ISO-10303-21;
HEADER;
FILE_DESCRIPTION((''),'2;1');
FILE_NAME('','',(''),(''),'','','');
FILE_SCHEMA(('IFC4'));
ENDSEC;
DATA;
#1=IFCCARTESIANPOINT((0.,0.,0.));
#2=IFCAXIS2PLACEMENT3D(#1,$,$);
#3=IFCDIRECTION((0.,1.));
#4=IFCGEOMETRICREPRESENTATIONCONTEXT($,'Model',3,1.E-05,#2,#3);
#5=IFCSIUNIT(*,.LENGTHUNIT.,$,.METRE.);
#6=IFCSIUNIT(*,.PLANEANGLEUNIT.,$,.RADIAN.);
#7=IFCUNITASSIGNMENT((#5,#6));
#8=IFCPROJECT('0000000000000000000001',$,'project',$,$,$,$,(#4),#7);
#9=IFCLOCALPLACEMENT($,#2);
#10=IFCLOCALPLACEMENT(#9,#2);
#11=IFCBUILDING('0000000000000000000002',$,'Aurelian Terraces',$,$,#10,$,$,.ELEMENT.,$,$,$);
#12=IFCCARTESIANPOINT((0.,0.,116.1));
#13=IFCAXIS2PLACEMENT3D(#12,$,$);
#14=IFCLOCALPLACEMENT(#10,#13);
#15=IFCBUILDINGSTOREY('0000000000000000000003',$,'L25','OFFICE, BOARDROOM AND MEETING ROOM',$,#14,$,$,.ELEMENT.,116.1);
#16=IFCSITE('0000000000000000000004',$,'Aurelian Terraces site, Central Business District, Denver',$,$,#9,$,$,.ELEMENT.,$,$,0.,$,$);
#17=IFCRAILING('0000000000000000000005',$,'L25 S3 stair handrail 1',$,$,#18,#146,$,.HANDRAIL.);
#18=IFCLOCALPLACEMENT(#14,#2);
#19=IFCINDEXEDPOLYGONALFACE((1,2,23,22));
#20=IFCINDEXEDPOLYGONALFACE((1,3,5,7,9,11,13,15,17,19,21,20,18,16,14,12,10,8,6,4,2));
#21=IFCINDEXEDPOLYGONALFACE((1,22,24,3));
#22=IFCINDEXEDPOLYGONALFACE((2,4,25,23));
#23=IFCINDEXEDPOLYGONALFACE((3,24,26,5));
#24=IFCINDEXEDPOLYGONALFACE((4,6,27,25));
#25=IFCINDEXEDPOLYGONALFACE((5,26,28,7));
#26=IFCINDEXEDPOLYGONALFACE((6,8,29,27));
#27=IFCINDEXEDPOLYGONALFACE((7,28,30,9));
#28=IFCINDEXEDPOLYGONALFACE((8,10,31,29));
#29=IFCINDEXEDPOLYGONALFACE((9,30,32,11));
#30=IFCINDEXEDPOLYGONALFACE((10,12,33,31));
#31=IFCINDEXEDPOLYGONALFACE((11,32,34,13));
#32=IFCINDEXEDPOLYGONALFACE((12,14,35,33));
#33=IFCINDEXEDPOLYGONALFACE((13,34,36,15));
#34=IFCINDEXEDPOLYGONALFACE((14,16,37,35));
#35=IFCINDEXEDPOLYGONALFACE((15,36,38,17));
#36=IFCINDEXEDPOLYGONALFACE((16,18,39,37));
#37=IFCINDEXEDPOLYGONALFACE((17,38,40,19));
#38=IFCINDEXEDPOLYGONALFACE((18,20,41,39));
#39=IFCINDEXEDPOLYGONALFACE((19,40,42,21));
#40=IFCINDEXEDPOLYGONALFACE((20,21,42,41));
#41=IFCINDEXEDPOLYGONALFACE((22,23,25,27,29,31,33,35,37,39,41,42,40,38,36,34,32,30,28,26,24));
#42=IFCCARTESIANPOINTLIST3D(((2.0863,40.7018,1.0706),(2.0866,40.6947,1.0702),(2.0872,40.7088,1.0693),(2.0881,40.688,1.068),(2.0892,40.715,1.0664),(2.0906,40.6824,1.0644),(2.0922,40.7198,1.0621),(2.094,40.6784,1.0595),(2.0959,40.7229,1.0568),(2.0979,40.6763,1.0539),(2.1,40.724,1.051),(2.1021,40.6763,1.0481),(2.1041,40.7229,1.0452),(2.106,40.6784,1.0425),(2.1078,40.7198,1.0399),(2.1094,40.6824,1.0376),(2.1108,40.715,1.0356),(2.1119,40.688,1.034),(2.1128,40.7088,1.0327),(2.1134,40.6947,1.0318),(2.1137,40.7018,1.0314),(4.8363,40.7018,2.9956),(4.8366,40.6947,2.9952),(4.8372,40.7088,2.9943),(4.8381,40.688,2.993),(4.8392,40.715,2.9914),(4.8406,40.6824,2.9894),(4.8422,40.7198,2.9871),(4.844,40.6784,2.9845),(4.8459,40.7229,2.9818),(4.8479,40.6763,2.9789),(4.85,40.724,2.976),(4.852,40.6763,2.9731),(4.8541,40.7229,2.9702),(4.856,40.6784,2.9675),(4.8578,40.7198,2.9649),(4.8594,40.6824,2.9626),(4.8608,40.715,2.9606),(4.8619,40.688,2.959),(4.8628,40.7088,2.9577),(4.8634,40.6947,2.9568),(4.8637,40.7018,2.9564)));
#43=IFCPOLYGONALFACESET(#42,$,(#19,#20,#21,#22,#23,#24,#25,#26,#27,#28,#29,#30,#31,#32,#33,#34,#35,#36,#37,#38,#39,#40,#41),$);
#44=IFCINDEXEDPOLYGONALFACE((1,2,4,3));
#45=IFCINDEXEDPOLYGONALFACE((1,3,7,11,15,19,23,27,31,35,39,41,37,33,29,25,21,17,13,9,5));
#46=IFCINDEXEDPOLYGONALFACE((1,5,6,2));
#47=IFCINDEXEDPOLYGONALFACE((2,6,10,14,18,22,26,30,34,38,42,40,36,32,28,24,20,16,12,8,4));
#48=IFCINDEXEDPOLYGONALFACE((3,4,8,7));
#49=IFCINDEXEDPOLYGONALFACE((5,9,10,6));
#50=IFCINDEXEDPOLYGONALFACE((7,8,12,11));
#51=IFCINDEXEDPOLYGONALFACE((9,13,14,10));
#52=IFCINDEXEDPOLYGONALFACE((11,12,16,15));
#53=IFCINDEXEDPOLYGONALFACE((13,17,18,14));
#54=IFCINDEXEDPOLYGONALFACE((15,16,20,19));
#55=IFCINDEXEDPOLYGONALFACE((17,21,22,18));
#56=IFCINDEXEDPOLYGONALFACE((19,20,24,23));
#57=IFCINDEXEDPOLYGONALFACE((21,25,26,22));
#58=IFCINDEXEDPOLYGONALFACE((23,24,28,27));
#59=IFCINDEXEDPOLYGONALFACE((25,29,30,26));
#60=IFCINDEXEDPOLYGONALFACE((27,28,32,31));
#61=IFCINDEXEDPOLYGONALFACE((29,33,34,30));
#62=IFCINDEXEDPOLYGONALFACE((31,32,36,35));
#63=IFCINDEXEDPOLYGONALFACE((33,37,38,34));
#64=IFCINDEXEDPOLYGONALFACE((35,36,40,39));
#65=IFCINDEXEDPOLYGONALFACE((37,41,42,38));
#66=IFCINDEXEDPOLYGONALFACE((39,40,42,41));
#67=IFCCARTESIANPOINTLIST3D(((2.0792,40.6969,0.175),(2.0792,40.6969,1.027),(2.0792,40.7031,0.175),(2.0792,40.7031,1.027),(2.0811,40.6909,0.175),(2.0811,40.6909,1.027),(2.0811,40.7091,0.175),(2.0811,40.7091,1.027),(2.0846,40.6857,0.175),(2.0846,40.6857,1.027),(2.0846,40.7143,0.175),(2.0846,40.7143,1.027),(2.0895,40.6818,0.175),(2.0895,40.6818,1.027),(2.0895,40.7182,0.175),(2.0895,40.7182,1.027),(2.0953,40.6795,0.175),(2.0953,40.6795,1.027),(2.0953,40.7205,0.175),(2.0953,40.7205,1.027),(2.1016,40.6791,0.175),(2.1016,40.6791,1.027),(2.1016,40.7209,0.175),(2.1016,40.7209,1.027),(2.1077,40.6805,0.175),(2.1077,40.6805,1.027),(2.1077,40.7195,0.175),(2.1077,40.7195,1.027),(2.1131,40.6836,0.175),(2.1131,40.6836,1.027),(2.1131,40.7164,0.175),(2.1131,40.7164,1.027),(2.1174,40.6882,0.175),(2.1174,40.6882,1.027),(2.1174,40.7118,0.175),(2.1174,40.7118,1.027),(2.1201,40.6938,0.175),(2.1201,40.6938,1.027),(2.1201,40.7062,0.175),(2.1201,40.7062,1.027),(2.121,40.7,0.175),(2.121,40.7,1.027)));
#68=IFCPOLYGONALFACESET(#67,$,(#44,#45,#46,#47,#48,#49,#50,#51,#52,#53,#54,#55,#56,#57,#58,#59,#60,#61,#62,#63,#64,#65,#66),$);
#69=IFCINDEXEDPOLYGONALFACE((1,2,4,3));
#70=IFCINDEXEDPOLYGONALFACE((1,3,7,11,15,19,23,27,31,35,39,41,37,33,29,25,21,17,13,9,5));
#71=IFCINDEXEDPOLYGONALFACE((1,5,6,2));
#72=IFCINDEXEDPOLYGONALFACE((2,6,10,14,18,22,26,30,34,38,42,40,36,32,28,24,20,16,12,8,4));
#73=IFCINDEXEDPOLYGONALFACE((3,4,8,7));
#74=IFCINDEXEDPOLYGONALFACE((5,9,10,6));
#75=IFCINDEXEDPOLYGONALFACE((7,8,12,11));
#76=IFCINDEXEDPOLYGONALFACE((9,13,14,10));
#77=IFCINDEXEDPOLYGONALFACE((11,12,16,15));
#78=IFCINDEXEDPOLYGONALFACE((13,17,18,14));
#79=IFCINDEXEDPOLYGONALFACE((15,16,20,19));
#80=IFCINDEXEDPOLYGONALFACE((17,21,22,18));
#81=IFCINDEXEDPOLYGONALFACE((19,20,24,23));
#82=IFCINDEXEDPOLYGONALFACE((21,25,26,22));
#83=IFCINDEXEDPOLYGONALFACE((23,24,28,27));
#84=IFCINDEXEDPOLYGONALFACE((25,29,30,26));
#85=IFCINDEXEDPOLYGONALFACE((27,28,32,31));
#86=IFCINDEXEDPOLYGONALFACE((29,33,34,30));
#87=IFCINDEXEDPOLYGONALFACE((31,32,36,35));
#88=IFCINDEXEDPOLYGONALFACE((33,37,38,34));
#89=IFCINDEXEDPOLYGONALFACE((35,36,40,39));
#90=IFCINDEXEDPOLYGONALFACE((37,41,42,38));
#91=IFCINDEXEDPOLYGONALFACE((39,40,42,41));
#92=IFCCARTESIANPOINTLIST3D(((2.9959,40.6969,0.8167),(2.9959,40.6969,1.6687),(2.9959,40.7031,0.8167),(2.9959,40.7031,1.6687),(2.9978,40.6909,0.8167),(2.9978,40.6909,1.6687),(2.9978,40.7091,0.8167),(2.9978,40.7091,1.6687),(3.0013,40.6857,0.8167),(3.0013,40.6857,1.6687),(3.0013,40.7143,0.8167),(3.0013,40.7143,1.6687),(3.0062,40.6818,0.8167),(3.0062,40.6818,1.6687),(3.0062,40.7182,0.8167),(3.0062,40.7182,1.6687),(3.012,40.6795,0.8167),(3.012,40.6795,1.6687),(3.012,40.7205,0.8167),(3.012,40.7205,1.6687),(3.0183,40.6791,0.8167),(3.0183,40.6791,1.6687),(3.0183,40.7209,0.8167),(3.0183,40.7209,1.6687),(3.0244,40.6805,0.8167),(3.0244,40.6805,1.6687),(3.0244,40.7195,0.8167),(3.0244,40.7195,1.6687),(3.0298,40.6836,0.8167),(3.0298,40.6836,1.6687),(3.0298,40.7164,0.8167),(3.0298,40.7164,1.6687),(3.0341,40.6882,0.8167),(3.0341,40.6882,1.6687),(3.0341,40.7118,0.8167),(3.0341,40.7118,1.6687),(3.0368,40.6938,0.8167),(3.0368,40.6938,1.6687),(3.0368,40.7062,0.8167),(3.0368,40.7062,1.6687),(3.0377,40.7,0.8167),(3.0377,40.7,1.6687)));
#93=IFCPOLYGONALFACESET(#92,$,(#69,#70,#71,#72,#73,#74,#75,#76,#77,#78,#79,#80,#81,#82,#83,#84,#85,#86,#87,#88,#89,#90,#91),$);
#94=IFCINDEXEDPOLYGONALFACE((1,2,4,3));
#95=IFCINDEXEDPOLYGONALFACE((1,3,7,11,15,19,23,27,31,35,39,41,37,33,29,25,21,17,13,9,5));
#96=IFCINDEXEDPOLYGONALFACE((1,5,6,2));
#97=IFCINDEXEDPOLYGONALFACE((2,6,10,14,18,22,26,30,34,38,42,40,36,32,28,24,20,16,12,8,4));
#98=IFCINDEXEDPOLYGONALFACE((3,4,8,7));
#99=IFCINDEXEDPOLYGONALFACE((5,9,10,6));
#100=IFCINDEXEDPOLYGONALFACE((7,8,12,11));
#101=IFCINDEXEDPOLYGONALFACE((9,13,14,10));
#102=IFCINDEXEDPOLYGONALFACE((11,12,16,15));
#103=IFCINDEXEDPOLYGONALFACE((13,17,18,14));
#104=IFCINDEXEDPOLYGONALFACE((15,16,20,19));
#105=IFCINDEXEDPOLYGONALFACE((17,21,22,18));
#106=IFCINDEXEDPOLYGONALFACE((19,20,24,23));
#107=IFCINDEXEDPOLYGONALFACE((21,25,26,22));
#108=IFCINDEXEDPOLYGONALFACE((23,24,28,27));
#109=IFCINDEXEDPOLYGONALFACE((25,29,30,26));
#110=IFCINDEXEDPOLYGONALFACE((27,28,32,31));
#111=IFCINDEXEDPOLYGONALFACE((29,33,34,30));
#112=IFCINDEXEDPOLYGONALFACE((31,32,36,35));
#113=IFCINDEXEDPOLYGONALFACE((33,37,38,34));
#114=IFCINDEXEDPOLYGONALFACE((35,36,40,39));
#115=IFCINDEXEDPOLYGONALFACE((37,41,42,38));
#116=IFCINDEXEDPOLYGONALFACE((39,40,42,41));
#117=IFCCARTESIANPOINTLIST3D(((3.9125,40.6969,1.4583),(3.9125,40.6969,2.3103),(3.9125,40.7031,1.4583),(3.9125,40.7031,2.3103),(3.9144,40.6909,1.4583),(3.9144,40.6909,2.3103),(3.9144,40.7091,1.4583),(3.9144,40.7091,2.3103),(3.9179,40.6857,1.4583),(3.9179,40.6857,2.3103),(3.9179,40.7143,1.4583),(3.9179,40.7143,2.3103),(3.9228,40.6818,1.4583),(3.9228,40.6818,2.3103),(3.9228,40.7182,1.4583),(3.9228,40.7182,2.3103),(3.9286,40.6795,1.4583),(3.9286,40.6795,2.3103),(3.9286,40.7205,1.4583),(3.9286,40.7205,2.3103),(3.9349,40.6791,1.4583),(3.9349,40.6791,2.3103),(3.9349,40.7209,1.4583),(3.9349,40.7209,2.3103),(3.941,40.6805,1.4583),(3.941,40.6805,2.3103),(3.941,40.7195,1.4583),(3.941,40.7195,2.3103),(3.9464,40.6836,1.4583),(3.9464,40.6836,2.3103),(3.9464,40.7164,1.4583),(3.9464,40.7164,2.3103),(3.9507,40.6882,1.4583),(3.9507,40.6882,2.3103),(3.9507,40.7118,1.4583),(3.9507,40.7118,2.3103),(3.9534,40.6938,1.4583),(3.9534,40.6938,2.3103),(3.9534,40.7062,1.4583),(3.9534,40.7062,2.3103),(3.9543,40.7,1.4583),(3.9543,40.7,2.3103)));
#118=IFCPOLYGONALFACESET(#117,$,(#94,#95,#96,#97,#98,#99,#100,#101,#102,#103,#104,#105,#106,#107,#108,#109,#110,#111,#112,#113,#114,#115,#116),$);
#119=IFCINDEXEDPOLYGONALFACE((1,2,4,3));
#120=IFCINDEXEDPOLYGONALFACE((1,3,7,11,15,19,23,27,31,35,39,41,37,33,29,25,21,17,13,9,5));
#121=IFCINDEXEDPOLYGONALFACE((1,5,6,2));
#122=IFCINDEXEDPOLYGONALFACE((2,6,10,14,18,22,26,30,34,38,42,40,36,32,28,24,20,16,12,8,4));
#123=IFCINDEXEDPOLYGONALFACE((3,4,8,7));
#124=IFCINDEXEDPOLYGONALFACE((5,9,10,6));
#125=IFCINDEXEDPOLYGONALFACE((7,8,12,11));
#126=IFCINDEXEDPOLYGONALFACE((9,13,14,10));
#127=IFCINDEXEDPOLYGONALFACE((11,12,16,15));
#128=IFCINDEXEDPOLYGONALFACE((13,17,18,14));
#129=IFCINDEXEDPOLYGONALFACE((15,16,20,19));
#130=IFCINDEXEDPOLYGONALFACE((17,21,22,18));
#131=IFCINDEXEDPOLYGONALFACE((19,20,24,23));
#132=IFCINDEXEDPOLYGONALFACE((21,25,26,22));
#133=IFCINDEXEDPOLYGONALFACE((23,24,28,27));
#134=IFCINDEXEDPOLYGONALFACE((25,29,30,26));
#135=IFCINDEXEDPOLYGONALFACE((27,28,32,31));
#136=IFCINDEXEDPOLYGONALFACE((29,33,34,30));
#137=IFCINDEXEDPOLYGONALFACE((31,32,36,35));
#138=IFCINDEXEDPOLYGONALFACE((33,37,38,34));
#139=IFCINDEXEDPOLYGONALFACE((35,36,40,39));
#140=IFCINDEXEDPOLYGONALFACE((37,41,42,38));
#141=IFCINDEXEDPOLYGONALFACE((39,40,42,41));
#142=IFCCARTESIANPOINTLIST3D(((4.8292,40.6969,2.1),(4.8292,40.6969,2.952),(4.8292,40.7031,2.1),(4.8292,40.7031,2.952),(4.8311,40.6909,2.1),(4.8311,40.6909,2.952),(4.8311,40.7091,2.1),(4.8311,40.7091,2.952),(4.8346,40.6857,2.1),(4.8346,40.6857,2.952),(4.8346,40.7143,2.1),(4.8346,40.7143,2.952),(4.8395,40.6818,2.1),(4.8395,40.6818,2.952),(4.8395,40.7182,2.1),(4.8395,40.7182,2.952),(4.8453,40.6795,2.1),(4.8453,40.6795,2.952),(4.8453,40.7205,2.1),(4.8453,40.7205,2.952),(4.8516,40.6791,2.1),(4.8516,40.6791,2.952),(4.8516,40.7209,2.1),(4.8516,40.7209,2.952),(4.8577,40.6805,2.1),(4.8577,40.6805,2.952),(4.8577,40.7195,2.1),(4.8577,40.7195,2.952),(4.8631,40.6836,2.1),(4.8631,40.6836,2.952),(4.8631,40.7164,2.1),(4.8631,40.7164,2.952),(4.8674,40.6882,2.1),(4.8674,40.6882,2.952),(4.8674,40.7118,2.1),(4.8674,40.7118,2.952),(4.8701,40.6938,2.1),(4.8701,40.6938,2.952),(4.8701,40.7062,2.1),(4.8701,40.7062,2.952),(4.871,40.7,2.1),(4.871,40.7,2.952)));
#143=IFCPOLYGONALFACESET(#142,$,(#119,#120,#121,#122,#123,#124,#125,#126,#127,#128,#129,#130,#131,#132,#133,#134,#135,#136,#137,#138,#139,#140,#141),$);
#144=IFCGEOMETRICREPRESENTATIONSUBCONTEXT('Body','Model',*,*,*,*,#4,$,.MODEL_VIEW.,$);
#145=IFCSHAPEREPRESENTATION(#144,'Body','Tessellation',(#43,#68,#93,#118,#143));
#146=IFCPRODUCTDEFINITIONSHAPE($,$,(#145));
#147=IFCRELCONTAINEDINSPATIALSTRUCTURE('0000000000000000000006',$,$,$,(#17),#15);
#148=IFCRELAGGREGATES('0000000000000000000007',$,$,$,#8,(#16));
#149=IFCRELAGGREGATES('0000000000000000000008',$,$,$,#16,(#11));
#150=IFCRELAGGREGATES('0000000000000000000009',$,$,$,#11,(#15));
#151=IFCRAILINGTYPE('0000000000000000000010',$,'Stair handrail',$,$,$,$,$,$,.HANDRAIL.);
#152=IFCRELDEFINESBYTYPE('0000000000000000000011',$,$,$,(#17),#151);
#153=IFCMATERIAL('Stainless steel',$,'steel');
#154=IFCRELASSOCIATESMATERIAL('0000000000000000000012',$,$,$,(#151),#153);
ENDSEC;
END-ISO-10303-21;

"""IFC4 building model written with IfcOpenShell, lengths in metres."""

from ifc_helpers import new_model, si_unit, direction, frame, origin, origin_2d, place, context, subcontext, project, spatial, circle, extrude, source, transform, mapped, material, type_object, element, save


model = new_model("IFC4")

# Units and contexts
model_context = context("Model", 3, precision=1e-05, world=origin(), true_north=direction((0.0, 1.0)))
body_context = subcontext(model_context, "Body", "Model", "MODEL_VIEW")
ifc_project = project(units=[si_unit("LENGTHUNIT", "METRE"), si_unit("PLANEANGLEUNIT", "RADIAN")], contexts=[model_context])

# Site, building, storey
site_placement = place(None, origin())
site = spatial("IfcSite", under=ifc_project, at=site_placement, Name="Aurelian Terraces site, Central Business District, Denver", CompositionType="ELEMENT", RefElevation=0.0)
building_placement = place(site_placement, origin())
building = spatial("IfcBuilding", under=site, at=building_placement, Name="Aurelian Terraces", CompositionType="ELEMENT")
storey_placement = place(building_placement, frame((0.0, 0.0, 116.1)))
storey = spatial("IfcBuildingStorey", under=building, at=storey_placement, Name="L25", Description="OFFICE, BOARDROOM AND MEETING ROOM", CompositionType="ELEMENT", Elevation=116.1)

# Railing
ifc_material_1 = material(Name="Stainless steel", Category="steel")
railing_type_1 = type_object("IfcRailingType", Name="Stair handrail", PredefinedType="HANDRAIL", material=ifc_material_1)
shared_shape_1 = source(origin(), body_context, "Body", "SweptSolid", [
    extrude(circle(Radius=0.024, at=origin_2d()), frame((0.0, 0.0, 0.876), z_axis=(0.819232, 0.0, 0.573462), x_axis=(0.0, 1.0, 0.0)), (0.0, 0.0, 1.0), 3.3568),
    extrude(circle(Radius=0.021, at=origin_2d()), origin(), (0.0, 0.0, 1.0), 0.852),
    extrude(circle(Radius=0.021, at=origin_2d()), frame((0.9167, 0.0, 0.6417)), (0.0, 0.0, 1.0), 0.852),
    extrude(circle(Radius=0.021, at=origin_2d()), frame((1.8333, 0.0, 1.2833)), (0.0, 0.0, 1.0), 0.852),
    extrude(circle(Radius=0.021, at=origin_2d()), frame((2.75, 0.0, 1.925)), (0.0, 0.0, 1.0), 0.852),
])
railing_1_placement = place(storey_placement, frame((2.1, 40.7, 0.175)))
element("IfcRailing", 1, at=railing_1_placement, inside=storey, type_object=railing_type_1, Name="L25 S3 stair handrail 1", PredefinedType="HANDRAIL", context=body_context, shape_type="MappedRepresentation", body=[
    mapped(shared_shape_1, transform((0.0, 0.0, 0.0), scale=1.0)),
])

save(model, "model.ifc")
